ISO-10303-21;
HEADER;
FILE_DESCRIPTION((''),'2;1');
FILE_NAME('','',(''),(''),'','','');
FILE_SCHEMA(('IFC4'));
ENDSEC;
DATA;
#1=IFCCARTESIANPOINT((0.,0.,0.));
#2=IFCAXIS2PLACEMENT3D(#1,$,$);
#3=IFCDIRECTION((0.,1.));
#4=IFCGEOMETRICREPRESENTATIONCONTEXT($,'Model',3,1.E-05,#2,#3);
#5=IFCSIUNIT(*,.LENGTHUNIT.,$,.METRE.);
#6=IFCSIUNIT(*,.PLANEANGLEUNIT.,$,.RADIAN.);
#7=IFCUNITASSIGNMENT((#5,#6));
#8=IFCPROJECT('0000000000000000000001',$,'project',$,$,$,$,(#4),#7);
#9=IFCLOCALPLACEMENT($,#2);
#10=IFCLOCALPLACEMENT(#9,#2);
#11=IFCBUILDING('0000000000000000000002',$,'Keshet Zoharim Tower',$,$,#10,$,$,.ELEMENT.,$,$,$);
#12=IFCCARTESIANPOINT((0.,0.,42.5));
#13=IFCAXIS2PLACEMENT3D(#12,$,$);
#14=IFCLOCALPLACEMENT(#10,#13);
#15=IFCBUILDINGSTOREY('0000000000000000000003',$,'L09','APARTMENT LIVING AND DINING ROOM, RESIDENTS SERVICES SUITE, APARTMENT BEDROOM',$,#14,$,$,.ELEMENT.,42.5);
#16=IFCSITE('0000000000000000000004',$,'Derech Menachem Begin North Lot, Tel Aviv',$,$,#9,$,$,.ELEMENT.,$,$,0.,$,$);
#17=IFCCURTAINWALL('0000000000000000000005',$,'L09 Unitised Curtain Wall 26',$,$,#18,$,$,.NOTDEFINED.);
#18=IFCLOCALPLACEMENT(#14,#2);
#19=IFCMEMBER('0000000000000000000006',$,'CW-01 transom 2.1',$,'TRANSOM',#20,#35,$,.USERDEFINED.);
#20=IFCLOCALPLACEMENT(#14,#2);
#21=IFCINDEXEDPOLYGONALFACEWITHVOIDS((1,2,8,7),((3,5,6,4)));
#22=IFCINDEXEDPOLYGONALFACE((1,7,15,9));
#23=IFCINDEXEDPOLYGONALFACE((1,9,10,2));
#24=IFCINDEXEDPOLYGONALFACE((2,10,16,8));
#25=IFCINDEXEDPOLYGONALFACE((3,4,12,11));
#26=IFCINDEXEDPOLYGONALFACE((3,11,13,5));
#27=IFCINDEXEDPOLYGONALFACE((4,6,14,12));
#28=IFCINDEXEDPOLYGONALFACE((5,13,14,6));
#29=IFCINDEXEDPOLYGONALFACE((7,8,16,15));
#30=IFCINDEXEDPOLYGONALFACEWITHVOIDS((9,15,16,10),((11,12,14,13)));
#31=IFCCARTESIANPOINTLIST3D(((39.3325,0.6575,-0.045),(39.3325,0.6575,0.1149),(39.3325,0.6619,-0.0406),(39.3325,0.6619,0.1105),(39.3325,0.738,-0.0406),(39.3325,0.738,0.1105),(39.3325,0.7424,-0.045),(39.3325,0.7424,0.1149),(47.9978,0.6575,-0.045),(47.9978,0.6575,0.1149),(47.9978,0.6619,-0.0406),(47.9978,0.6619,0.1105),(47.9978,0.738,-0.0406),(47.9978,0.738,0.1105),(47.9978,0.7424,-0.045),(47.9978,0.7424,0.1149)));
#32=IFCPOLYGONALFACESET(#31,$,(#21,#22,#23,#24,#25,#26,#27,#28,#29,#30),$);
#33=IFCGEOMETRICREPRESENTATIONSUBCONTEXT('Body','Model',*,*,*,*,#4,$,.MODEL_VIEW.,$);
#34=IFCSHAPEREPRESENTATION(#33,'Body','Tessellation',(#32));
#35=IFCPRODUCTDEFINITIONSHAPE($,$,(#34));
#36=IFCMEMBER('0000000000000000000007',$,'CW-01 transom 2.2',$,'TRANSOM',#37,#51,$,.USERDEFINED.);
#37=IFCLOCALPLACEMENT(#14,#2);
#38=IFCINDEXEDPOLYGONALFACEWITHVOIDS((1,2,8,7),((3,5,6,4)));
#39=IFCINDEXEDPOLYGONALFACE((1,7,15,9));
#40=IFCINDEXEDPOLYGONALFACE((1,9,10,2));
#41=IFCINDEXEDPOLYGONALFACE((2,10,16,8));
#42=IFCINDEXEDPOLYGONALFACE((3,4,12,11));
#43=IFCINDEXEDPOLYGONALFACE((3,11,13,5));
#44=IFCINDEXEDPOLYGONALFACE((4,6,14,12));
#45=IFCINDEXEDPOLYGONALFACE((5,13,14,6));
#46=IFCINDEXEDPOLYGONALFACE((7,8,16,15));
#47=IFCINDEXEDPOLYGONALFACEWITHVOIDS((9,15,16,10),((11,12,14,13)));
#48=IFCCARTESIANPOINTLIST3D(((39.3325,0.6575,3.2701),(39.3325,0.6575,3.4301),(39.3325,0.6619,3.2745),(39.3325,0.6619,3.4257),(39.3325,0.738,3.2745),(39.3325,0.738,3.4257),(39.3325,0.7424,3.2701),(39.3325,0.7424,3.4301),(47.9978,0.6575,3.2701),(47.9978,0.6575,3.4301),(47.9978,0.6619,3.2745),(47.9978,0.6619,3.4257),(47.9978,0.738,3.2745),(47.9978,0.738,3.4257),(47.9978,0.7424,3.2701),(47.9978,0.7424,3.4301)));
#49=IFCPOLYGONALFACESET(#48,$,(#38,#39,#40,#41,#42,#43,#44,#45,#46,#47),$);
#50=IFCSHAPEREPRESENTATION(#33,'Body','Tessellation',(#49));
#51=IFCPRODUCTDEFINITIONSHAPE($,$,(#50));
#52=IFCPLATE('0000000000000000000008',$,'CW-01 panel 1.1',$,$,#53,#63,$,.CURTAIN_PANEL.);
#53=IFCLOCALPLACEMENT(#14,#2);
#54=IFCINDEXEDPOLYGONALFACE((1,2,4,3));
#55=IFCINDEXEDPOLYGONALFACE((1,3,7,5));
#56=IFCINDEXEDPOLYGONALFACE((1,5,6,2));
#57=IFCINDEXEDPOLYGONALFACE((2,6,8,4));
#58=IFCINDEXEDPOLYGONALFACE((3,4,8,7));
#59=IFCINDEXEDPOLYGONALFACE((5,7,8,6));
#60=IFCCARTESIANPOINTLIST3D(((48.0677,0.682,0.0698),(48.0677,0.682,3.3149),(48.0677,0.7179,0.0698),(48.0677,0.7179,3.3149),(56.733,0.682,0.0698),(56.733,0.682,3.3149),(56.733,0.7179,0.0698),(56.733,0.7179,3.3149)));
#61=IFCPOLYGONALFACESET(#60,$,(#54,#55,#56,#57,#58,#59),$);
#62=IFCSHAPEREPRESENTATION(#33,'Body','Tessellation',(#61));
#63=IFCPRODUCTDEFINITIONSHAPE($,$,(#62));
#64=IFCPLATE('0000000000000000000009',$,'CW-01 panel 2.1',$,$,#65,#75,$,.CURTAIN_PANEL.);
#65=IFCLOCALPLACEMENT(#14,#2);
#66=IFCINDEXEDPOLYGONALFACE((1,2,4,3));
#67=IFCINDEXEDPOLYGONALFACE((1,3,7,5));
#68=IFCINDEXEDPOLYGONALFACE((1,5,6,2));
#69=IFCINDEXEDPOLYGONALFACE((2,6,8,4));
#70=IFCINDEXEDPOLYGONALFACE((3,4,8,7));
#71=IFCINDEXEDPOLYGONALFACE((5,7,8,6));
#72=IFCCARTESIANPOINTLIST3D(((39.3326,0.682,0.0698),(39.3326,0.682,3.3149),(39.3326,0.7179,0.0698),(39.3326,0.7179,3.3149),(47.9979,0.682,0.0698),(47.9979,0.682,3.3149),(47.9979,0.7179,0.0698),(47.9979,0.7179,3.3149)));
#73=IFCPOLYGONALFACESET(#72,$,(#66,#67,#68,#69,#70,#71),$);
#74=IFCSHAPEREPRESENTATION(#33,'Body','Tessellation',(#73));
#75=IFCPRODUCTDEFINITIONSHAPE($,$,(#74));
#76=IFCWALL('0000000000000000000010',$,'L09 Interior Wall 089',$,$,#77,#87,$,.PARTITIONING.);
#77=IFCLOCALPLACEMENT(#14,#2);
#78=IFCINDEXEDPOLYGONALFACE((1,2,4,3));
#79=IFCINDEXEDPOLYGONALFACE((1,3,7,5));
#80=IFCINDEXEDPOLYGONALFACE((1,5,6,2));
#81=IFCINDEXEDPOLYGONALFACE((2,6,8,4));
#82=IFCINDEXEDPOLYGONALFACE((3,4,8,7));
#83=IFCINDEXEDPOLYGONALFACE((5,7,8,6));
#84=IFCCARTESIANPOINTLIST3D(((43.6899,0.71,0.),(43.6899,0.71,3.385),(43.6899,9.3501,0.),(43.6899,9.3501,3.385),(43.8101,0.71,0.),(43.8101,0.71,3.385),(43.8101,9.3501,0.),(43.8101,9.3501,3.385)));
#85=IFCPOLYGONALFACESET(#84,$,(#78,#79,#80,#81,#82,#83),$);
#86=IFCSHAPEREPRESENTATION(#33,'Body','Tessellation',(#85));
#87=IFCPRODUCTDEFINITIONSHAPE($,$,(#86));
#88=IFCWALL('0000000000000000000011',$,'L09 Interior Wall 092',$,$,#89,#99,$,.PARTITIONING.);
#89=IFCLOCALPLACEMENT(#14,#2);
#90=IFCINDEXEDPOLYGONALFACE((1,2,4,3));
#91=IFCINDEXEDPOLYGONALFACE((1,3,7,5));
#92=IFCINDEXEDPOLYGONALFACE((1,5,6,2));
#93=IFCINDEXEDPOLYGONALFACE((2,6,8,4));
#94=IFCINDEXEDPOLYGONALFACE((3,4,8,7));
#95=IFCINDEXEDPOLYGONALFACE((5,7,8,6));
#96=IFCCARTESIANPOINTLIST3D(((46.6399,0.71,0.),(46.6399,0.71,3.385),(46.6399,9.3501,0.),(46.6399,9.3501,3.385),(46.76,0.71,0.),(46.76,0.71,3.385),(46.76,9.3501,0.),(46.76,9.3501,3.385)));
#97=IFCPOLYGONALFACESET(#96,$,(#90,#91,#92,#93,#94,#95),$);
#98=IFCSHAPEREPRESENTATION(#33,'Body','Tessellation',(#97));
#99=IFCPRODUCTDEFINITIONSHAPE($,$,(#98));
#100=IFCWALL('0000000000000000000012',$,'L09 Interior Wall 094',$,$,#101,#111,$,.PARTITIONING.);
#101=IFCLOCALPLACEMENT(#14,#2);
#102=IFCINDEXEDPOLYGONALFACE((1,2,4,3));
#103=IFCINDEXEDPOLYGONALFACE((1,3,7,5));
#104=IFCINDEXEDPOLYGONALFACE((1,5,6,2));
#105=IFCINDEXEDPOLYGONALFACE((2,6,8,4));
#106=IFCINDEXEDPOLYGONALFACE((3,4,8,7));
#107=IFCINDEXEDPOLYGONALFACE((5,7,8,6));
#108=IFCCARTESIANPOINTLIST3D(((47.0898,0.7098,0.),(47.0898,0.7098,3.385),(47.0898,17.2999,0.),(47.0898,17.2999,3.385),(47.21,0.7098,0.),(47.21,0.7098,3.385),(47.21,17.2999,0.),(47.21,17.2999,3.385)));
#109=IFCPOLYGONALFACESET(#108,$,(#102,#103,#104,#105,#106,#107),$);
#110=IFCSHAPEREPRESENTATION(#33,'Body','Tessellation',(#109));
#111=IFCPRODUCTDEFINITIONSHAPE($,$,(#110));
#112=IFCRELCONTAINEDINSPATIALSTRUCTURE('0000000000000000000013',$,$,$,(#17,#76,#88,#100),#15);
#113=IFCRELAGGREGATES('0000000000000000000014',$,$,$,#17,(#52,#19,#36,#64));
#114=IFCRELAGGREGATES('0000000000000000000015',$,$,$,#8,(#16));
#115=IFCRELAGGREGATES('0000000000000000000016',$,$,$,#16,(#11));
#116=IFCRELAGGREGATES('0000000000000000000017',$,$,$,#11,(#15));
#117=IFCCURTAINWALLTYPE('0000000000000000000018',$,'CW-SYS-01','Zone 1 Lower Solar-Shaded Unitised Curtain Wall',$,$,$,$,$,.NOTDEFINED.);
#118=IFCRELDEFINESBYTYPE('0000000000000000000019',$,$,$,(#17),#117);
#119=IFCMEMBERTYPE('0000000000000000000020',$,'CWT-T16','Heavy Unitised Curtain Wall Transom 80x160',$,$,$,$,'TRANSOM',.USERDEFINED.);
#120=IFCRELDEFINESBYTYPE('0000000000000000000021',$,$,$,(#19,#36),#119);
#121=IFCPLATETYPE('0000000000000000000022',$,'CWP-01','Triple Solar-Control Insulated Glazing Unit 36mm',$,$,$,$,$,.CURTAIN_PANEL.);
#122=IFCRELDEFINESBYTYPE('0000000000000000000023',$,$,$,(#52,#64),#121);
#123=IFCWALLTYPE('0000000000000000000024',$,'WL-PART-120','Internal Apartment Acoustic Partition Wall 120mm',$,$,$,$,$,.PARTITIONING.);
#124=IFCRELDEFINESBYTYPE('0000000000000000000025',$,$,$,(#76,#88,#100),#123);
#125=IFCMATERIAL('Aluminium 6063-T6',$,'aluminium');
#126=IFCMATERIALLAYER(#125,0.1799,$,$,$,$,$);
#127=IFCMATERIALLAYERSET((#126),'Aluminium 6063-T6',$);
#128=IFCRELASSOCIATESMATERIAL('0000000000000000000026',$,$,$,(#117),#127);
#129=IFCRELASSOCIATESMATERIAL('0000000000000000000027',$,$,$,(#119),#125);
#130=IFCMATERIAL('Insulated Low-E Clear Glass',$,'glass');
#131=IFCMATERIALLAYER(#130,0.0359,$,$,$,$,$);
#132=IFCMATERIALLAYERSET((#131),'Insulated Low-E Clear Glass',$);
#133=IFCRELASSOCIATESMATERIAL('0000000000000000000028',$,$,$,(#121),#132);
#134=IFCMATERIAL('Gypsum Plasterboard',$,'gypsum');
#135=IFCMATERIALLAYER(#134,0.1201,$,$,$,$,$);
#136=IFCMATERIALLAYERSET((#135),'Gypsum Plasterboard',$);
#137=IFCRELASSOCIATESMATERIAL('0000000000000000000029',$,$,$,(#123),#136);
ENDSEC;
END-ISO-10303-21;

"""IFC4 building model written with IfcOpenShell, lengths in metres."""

from ifc_helpers import new_model, si_unit, direction, frame, frame_2d, origin, origin_2d, place, context, subcontext, project, spatial, rectangle, hollow_rectangle, extrude, material, layer, layer_set, material_profile, profile_set, type_object, element, aggregate, save


model = new_model("IFC4")

# Units and contexts
model_context = context("Model", 3, precision=1e-05, world=origin(), true_north=direction((0.0, 1.0)))
body_context = subcontext(model_context, "Body", "Model", "MODEL_VIEW")
ifc_project = project(units=[si_unit("LENGTHUNIT", "METRE"), si_unit("PLANEANGLEUNIT", "RADIAN")], contexts=[model_context])

# Site, building, storey
site_placement = place(None, origin())
site = spatial("IfcSite", under=ifc_project, at=site_placement, Name="Derech Menachem Begin North Lot, Tel Aviv", CompositionType="ELEMENT", RefElevation=0.0)
building_placement = place(site_placement, origin())
building = spatial("IfcBuilding", under=site, at=building_placement, Name="Keshet Zoharim Tower", CompositionType="ELEMENT")
storey_placement = place(building_placement, frame((0.0, 0.0, 42.5)))
storey = spatial("IfcBuildingStorey", under=building, at=storey_placement, Name="L09", Description="APARTMENT LIVING AND DINING ROOM, RESIDENTS SERVICES SUITE, APARTMENT BEDROOM", CompositionType="ELEMENT", Elevation=42.5)

# Shared definitions
ifc_material_1 = material(Name="Aluminium 6063-T6", Category="aluminium")
ifc_layer_1 = layer(ifc_material_1, 0.1799)
ifc_layer_set_1 = layer_set([ifc_layer_1], Name="Aluminium 6063-T6")
curtain_wall_type = type_object("IfcCurtainWallType", Name="CW-SYS-01", Description="Zone 1 Lower Solar-Shaded Unitised Curtain Wall", PredefinedType="NOTDEFINED", material=ifc_layer_set_1)

# Curtain wall, members, plates
curtain_wall_1_placement = place(storey_placement, origin())
curtain_wall_1 = element("IfcCurtainWall", 1, at=curtain_wall_1_placement, inside=storey, type_object=curtain_wall_type, Name="L09 Unitised Curtain Wall 26", PredefinedType="NOTDEFINED")
ifc_material_profile_1 = material_profile(ifc_material_1, hollow_rectangle(XDim=0.085, YDim=0.1599, WallThickness=0.0044, at=origin_2d()), Name="TRN-85x160")
ifc_profile_set_1 = profile_set([ifc_material_profile_1], Name="Aluminium 6063-T6")
member_type_1 = type_object("IfcMemberType", Name="CWT-T16", Description="Heavy Unitised Curtain Wall Transom 80x160", ElementType="TRANSOM", PredefinedType="USERDEFINED", material=ifc_profile_set_1)
member_1_placement = place(storey_placement, frame((47.9978, 0.7, 0.0349), z_axis=(-1.0, 0.0, 0.0), x_axis=(0.0, -1.0, 0.0)))
member_1 = element("IfcMember", 2, at=member_1_placement, type_object=member_type_1, Name="CW-01 transom 2.1", ObjectType="TRANSOM", PredefinedType="USERDEFINED", context=body_context, shape_type="SweptSolid", body=[
    extrude(hollow_rectangle(XDim=0.085, YDim=0.1599, WallThickness=0.0044, at=origin_2d()), origin(), (0.0, 0.0, 1.0), 8.6653),
])
member_2_placement = place(storey_placement, frame((47.9978, 0.7, 3.3501), z_axis=(-1.0, 0.0, 0.0), x_axis=(0.0, -1.0, 0.0)))
member_2 = element("IfcMember", 3, at=member_2_placement, type_object=member_type_1, Name="CW-01 transom 2.2", ObjectType="TRANSOM", PredefinedType="USERDEFINED", context=body_context, shape_type="SweptSolid", body=[
    extrude(hollow_rectangle(XDim=0.085, YDim=0.1599, WallThickness=0.0044, at=origin_2d()), origin(), (0.0, 0.0, 1.0), 8.6653),
])
ifc_material_2 = material(Name="Insulated Low-E Clear Glass", Category="glass")
ifc_layer_2 = layer(ifc_material_2, 0.0359)
ifc_layer_set_2 = layer_set([ifc_layer_2], Name="Insulated Low-E Clear Glass")
plate_type = type_object("IfcPlateType", Name="CWP-01", Description="Triple Solar-Control Insulated Glazing Unit 36mm", PredefinedType="CURTAIN_PANEL", material=ifc_layer_set_2)
plate_1_placement = place(storey_placement, frame((52.4004, 0.7, 0.0698), z_axis=(0.0, 0.0, 1.0), x_axis=(-1.0, 0.0, 0.0)))
plate_1 = element("IfcPlate", 4, at=plate_1_placement, type_object=plate_type, Name="CW-01 panel 1.1", PredefinedType="CURTAIN_PANEL", context=body_context, shape_type="SweptSolid", body=[
    extrude(rectangle(XDim=8.6653, YDim=0.0359, at=origin_2d()), origin(), (0.0, 0.0, 1.0), 3.2451),
])
plate_2_placement = place(storey_placement, frame((43.6653, 0.7, 0.0698), z_axis=(0.0, 0.0, 1.0), x_axis=(-1.0, 0.0, 0.0)))
plate_2 = element("IfcPlate", 5, at=plate_2_placement, type_object=plate_type, Name="CW-01 panel 2.1", PredefinedType="CURTAIN_PANEL", context=body_context, shape_type="SweptSolid", body=[
    extrude(rectangle(XDim=8.6653, YDim=0.0359, at=origin_2d()), origin(), (0.0, 0.0, 1.0), 3.2451),
])
aggregate(curtain_wall_1, [plate_1, member_1, member_2, plate_2])

# Walls
ifc_material_3 = material(Name="Gypsum Plasterboard", Category="gypsum")
ifc_layer_3 = layer(ifc_material_3, 0.1201)
ifc_layer_set_3 = layer_set([ifc_layer_3], Name="Gypsum Plasterboard")
wall_type = type_object("IfcWallType", Name="WL-PART-120", Description="Internal Apartment Acoustic Partition Wall 120mm", PredefinedType="PARTITIONING", material=ifc_layer_set_3)
for number, where, z_axis, x_axis, name in (
    (6, (43.75, 0.71, 0.0), (0.0, 0.0, 1.0), (0.0, 1.0, 0.0), "L09 Interior Wall 089"),
    (7, (46.7, 0.71, 0.0), (0.0, 0.0, 1.0), (0.0, 1.0, 0.0), "L09 Interior Wall 092"),
):
    element("IfcWall", number, at=place(storey_placement, frame(where, z_axis=z_axis, x_axis=x_axis)), inside=storey, type_object=wall_type, Name=name, PredefinedType="PARTITIONING", context=body_context, shape_type="SweptSolid", body=[
        extrude(rectangle(XDim=8.6401, YDim=0.1201, at=frame_2d((4.3201, 0.0))), origin(), (0.0, 0.0, 1.0), 3.385),
    ])
wall_placement = place(storey_placement, frame((47.1499, 0.71, 0.0), z_axis=(0.0, 0.0, 1.0), x_axis=(0.0, 1.0, 0.0)))
element("IfcWall", 8, at=wall_placement, inside=storey, type_object=wall_type, Name="L09 Interior Wall 094", PredefinedType="PARTITIONING", context=body_context, shape_type="SweptSolid", body=[
    extrude(rectangle(XDim=16.5901, YDim=0.1201, at=frame_2d((8.2949, 0.0))), origin(), (0.0, 0.0, 1.0), 3.385),
])

save(model, "model.ifc")
